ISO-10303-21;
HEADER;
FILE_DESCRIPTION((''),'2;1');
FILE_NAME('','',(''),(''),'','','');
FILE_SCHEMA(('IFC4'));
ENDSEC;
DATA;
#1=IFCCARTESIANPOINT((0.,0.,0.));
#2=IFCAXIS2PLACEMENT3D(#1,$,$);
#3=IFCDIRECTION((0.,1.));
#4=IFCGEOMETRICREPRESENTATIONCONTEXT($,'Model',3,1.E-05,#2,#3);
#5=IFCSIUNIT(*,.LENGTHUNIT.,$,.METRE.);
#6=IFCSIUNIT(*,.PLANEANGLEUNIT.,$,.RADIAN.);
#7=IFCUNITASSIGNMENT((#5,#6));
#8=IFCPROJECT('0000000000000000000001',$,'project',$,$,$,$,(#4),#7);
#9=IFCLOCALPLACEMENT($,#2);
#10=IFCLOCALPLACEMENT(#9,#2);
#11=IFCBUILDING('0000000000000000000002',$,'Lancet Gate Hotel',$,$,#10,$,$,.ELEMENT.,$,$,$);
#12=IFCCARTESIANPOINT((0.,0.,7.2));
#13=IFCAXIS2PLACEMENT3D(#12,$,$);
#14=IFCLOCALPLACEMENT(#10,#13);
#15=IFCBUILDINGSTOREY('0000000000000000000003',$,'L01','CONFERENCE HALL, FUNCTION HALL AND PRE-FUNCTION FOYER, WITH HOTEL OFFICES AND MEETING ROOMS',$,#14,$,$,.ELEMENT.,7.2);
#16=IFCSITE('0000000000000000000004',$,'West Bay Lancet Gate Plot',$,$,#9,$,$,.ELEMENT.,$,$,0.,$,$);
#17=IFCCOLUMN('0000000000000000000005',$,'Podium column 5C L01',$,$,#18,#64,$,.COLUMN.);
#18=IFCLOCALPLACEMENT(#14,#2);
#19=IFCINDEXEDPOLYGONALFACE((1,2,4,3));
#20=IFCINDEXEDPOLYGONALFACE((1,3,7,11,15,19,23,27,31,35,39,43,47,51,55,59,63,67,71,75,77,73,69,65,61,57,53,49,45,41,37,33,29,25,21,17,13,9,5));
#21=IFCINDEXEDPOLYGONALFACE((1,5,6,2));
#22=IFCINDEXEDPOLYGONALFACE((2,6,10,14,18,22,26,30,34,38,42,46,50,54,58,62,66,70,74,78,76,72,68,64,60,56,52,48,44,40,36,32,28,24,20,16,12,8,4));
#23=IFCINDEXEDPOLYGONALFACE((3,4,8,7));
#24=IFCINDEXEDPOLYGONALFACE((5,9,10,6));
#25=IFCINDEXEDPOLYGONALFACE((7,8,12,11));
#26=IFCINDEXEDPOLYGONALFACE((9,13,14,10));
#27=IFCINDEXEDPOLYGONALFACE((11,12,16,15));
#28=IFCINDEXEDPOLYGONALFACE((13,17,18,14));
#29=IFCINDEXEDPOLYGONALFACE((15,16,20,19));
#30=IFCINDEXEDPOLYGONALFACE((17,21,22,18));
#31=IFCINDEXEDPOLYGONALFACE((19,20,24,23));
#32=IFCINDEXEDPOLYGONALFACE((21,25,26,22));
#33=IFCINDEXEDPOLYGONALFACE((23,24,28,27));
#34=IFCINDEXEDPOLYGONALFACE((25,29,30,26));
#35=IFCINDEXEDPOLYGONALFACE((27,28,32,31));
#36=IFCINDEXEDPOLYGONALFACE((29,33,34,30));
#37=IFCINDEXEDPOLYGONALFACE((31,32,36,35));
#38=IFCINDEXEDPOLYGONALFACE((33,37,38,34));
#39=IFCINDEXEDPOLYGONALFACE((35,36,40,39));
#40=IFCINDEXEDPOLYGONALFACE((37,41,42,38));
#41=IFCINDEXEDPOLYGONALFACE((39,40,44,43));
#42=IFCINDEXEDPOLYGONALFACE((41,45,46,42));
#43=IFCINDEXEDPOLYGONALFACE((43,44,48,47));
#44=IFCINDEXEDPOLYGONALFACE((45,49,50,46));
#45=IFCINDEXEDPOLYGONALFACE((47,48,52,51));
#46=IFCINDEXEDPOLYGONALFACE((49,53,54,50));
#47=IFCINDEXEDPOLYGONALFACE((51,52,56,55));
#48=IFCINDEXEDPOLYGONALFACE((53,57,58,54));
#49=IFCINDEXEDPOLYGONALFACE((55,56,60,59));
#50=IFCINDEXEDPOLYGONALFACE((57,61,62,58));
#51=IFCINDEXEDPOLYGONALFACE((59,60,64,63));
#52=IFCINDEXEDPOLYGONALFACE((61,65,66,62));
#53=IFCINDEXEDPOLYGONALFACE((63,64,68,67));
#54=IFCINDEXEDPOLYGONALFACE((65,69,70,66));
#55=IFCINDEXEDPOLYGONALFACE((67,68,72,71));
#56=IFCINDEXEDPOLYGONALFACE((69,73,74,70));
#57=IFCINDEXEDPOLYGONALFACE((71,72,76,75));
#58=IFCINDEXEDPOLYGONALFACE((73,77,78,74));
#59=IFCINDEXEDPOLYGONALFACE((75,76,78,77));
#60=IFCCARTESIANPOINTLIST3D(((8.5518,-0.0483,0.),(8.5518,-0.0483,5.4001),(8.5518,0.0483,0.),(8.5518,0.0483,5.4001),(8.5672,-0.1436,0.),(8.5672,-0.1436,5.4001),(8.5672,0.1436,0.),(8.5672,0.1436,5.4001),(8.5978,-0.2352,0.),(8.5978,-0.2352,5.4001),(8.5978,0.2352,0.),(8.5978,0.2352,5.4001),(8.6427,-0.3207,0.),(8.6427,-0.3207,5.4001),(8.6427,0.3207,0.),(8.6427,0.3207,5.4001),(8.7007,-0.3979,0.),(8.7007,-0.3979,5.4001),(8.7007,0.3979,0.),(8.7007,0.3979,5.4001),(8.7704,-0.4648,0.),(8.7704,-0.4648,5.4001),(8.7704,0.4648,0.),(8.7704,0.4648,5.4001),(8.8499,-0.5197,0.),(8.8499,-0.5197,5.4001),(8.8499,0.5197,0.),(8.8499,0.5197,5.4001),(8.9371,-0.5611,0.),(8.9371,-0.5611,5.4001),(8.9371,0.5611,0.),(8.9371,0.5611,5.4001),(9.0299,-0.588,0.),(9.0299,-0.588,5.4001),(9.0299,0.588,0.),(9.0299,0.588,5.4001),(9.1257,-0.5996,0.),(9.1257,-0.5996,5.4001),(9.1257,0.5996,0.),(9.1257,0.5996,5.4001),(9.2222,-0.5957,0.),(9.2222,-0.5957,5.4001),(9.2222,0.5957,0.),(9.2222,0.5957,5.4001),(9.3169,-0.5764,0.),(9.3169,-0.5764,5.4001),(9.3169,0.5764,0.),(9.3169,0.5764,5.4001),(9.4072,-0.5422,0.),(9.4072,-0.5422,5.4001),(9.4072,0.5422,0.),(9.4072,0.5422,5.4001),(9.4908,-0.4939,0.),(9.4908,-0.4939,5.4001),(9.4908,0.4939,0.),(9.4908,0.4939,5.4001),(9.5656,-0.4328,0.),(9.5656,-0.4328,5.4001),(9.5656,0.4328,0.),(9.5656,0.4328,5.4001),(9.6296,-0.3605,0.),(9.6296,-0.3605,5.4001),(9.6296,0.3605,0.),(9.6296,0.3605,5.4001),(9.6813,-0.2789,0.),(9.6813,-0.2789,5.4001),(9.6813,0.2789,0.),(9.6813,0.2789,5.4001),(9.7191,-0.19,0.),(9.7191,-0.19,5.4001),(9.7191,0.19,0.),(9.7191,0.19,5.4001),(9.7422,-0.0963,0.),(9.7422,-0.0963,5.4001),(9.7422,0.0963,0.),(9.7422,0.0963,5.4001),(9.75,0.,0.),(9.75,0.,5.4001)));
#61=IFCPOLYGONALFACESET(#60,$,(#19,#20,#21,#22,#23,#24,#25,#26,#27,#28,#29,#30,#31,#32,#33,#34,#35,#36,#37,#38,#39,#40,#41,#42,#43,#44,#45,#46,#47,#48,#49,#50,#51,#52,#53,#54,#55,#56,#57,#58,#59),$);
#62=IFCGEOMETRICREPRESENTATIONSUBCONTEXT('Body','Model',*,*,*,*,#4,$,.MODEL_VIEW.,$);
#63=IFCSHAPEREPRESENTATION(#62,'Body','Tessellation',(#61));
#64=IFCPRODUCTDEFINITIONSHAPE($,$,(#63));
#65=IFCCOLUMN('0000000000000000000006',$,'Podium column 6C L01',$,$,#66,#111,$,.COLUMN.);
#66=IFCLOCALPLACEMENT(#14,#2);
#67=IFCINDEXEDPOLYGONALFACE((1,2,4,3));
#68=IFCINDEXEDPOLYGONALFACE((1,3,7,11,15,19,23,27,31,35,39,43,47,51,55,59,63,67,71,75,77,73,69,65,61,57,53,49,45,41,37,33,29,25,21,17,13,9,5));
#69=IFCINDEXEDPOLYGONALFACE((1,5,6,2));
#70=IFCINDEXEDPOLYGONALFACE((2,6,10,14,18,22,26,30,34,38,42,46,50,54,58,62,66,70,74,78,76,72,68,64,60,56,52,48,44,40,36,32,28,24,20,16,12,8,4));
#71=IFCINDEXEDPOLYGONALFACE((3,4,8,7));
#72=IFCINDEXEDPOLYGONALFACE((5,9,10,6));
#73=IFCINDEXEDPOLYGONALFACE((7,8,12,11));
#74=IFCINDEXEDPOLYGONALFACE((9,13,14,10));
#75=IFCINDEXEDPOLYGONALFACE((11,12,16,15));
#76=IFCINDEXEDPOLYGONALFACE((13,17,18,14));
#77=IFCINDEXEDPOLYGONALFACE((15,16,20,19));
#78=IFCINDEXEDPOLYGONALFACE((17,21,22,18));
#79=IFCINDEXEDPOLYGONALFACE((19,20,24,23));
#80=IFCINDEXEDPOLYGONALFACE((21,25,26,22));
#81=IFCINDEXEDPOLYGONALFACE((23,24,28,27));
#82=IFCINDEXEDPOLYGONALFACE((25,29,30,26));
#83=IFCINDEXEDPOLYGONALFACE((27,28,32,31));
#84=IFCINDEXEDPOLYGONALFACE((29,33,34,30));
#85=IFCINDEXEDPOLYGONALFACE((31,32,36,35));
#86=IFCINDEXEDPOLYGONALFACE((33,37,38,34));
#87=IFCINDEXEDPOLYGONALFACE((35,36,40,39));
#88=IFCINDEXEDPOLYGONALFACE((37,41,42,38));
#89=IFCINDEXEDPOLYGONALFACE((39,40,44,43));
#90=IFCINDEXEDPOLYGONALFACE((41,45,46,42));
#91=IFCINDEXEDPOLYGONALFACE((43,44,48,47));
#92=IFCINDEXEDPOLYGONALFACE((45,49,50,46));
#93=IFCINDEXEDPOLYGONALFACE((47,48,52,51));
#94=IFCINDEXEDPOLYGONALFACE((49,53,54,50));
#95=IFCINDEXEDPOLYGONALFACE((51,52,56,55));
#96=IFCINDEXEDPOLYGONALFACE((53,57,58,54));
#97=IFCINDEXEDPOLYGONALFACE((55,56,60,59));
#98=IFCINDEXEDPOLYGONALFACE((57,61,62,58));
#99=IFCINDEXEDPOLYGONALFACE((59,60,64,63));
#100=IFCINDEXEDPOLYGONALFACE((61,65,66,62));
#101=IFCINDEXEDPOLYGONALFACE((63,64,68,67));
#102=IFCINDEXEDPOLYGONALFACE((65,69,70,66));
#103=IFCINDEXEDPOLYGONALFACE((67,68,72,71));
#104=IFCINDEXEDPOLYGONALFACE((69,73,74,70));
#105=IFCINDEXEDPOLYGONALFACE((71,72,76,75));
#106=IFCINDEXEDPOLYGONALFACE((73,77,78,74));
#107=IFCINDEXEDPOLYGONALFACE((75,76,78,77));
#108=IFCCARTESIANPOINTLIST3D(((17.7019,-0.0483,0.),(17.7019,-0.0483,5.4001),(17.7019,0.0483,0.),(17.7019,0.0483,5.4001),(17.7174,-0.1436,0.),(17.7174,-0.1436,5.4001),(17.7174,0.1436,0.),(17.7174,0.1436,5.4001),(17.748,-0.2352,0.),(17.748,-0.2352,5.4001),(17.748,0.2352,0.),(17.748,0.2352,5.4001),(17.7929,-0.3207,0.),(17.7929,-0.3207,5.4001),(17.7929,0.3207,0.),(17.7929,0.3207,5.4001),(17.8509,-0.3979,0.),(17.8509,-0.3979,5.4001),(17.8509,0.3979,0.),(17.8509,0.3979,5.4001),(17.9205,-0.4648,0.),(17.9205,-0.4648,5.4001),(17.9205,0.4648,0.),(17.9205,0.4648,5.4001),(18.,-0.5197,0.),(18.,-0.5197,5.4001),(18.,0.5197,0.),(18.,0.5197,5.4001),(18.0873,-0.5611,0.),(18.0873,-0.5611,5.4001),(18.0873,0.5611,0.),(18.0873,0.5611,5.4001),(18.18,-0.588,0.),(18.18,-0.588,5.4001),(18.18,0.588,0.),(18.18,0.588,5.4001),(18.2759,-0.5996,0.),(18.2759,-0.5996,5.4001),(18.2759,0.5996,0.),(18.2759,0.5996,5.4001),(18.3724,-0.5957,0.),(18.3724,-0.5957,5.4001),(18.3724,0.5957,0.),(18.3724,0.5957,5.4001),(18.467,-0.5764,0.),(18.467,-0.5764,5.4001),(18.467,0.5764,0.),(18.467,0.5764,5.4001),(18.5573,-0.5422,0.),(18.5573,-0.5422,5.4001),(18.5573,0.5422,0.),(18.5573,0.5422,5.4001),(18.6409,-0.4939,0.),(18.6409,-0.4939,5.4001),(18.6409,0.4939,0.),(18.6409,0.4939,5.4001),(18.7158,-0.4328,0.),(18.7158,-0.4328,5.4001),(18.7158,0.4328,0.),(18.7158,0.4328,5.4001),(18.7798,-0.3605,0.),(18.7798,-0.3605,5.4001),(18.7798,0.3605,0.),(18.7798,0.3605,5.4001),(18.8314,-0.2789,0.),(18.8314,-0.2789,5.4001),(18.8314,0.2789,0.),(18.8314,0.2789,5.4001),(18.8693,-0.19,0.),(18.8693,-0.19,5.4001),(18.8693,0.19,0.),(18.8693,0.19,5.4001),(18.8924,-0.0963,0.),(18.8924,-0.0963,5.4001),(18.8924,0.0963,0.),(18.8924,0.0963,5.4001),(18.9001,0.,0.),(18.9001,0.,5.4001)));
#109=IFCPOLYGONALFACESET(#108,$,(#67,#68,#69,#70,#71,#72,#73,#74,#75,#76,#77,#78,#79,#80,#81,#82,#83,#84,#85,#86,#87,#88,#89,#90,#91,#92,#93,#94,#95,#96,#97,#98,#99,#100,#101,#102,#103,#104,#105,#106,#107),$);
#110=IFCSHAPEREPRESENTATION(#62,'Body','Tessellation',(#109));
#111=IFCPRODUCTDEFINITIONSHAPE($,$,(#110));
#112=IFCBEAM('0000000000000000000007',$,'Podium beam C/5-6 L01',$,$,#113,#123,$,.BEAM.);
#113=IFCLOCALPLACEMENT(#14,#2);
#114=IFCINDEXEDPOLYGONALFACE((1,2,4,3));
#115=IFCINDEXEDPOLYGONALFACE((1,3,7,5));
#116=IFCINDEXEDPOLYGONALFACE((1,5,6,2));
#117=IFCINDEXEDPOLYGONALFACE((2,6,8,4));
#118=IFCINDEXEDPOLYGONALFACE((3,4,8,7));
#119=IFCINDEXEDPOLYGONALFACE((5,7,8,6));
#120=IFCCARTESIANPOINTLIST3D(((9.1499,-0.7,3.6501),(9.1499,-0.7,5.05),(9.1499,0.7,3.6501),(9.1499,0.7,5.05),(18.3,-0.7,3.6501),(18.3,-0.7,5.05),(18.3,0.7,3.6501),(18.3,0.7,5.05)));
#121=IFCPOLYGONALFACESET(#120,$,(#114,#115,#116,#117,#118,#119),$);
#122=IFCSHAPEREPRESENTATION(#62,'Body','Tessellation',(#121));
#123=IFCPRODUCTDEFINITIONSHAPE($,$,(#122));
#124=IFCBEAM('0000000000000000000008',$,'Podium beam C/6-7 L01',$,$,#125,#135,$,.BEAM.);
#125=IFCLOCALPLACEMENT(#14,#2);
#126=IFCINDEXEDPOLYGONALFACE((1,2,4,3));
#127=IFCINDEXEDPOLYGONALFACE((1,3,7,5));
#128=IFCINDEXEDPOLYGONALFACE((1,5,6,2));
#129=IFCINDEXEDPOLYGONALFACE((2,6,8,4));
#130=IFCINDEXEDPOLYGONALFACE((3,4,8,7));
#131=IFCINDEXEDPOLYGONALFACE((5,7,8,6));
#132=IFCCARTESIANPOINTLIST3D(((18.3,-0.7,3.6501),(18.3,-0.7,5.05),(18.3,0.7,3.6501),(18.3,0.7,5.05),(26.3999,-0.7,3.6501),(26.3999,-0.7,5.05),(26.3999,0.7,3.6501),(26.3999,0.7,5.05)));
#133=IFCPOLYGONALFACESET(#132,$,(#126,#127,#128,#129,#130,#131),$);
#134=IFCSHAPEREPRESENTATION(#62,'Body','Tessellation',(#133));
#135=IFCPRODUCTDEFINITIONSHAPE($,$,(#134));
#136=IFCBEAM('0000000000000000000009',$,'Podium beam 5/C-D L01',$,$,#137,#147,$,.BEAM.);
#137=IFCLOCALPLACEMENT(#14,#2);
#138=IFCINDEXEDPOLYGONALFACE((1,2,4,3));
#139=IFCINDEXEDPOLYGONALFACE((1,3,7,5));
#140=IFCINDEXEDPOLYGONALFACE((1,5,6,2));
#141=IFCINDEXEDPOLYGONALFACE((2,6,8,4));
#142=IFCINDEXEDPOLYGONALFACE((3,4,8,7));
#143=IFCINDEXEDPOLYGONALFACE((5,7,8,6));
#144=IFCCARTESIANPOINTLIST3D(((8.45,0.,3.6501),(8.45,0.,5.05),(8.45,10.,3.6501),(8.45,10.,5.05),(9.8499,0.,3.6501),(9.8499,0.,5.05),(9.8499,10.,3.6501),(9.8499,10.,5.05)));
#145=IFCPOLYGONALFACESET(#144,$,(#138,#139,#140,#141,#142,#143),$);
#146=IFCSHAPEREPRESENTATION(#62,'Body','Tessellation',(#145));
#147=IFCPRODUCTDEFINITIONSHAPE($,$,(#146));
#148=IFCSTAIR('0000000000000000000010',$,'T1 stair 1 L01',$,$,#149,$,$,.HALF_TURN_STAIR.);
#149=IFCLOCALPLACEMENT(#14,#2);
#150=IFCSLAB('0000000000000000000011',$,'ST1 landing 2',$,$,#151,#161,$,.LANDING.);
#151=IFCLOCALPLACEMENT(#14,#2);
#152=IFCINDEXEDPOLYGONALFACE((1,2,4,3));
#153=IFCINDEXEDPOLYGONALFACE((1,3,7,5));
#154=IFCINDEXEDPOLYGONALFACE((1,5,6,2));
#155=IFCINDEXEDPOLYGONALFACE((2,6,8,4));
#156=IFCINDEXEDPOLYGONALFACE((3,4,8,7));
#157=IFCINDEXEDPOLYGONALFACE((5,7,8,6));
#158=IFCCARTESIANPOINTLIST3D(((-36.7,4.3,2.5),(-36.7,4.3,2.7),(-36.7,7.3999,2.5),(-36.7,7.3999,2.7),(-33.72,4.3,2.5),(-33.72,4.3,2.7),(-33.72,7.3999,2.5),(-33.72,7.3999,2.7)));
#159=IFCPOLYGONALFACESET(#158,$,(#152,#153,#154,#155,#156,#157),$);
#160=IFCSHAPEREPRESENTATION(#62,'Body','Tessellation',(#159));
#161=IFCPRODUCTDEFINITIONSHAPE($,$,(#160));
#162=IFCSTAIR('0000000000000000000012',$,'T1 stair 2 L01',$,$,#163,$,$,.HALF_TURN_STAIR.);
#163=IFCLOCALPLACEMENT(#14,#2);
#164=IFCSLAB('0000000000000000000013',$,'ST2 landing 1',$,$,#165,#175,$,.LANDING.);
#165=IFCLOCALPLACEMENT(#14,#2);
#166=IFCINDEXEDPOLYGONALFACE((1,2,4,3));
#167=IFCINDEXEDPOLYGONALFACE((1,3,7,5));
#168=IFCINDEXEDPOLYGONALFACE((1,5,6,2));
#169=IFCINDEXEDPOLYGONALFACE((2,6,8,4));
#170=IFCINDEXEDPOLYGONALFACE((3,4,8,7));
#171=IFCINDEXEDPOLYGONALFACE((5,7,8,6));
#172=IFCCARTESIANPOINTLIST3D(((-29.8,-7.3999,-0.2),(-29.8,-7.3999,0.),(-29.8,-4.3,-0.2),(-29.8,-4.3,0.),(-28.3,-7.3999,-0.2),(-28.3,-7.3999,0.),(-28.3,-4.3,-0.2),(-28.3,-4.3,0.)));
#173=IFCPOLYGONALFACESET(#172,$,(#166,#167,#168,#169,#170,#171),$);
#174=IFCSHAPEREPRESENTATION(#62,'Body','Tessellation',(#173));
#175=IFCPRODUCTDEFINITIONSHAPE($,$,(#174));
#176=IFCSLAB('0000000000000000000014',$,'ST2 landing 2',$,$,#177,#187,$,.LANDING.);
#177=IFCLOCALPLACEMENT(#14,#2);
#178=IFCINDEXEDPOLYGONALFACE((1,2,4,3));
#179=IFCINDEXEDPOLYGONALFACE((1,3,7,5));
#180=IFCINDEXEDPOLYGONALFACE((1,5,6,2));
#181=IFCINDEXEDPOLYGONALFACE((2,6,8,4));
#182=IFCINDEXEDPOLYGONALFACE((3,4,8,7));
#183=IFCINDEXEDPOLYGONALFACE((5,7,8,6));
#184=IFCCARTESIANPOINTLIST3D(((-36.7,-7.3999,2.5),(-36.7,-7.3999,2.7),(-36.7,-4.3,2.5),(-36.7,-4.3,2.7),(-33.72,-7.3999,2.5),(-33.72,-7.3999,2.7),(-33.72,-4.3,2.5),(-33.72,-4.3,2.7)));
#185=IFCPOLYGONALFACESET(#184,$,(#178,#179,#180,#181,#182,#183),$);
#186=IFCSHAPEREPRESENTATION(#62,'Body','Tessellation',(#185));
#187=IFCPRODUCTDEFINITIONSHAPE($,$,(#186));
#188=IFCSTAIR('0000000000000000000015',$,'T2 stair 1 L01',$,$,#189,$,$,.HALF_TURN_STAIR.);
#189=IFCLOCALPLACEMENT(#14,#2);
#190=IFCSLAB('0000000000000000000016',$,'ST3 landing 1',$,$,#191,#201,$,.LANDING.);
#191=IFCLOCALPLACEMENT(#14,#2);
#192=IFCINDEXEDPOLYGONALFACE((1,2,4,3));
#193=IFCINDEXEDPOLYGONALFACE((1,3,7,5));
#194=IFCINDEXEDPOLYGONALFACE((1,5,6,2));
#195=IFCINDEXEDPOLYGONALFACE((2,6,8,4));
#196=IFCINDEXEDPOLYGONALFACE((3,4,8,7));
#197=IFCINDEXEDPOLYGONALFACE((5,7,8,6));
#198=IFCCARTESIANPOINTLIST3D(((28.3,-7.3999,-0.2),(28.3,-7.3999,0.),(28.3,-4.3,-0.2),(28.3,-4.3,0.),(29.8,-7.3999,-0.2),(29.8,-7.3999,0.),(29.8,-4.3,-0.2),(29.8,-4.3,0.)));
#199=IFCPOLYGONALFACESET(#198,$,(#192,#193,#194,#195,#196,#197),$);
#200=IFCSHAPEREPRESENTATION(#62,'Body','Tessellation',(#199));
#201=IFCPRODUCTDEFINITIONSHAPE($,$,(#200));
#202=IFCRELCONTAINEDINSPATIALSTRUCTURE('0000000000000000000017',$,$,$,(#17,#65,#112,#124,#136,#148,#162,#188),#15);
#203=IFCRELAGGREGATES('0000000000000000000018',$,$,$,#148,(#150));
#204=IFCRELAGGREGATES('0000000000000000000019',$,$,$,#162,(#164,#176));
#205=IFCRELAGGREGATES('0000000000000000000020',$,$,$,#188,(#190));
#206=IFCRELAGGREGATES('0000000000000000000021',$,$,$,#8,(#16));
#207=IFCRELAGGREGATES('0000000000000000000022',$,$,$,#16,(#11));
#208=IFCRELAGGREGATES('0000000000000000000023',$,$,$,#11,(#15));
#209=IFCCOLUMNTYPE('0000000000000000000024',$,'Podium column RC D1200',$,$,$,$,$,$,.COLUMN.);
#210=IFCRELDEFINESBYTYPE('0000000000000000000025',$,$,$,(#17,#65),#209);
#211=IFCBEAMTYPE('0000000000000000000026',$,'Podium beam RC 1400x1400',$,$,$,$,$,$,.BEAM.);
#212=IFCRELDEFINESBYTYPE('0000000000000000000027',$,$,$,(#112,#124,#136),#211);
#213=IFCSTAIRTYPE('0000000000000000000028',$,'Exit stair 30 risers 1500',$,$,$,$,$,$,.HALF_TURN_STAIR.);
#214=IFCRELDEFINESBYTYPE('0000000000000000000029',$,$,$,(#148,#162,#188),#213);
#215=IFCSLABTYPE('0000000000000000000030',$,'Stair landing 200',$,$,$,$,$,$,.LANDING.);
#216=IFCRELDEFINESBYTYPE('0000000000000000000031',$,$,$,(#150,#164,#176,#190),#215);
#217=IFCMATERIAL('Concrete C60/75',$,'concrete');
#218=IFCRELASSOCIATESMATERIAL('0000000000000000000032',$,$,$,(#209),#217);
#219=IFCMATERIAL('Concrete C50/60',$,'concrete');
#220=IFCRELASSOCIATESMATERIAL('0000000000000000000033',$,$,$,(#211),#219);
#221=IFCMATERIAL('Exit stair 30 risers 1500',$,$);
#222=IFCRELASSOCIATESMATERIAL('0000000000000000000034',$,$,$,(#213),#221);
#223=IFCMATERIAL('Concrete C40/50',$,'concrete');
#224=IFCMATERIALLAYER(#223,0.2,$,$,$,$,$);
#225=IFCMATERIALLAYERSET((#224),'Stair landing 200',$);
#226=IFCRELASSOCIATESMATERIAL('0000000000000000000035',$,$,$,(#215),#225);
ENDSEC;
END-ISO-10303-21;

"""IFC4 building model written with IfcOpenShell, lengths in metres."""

from ifc_helpers import new_model, si_unit, direction, frame, origin, origin_2d, place, context, subcontext, project, spatial, polyline, rectangle, circle, outline, extrude, material, layer, layer_set, material_profile, profile_set, type_object, element, aggregate, save


model = new_model("IFC4")

# Units and contexts
model_context = context("Model", 3, precision=1e-05, world=origin(), true_north=direction((0.0, 1.0)))
body_context = subcontext(model_context, "Body", "Model", "MODEL_VIEW")
ifc_project = project(units=[si_unit("LENGTHUNIT", "METRE"), si_unit("PLANEANGLEUNIT", "RADIAN")], contexts=[model_context])

# Site, building, storey
site_placement = place(None, origin())
site = spatial("IfcSite", under=ifc_project, at=site_placement, Name="West Bay Lancet Gate Plot", CompositionType="ELEMENT", RefElevation=0.0)
building_placement = place(site_placement, origin())
building = spatial("IfcBuilding", under=site, at=building_placement, Name="Lancet Gate Hotel", CompositionType="ELEMENT")
storey_placement = place(building_placement, frame((0.0, 0.0, 7.2)))
storey = spatial("IfcBuildingStorey", under=building, at=storey_placement, Name="L01", Description="CONFERENCE HALL, FUNCTION HALL AND PRE-FUNCTION FOYER, WITH HOTEL OFFICES AND MEETING ROOMS", CompositionType="ELEMENT", Elevation=7.2)

# Columns
ifc_material_1 = material(Name="Concrete C60/75", Category="concrete")
ifc_material_profile_1 = material_profile(ifc_material_1, circle(Radius=0.6001, at=origin_2d()), Name="RC D1200")
ifc_profile_set_1 = profile_set([ifc_material_profile_1], Name="Concrete C60/75")
column_type = type_object("IfcColumnType", Name="Podium column RC D1200", PredefinedType="COLUMN", material=ifc_profile_set_1)
for number, where, z_axis, x_axis, name in (
    (1, (9.1499, 0.0, 0.0), (0.0, 0.0, 1.0), (1.0, 0.0, 0.0), "Podium column 5C L01"),
    (2, (18.3, 0.0, 0.0), (0.0, 0.0, 1.0), (1.0, 0.0, 0.0), "Podium column 6C L01"),
):
    element("IfcColumn", number, at=place(storey_placement, frame(where, z_axis=z_axis, x_axis=x_axis)), inside=storey, type_object=column_type, Name=name, PredefinedType="COLUMN", context=body_context, shape_type="SweptSolid", body=[
        extrude(circle(Radius=0.6001, at=origin_2d()), origin(), (0.0, 0.0, 1.0), 5.4001),
    ])

# Beams
ifc_material_2 = material(Name="Concrete C50/60", Category="concrete")
ifc_material_profile_2 = material_profile(ifc_material_2, rectangle(XDim=1.3999, YDim=1.3999, at=origin_2d()), Name="RC 1400x1400")
ifc_profile_set_2 = profile_set([ifc_material_profile_2], Name="Concrete C50/60")
beam_type = type_object("IfcBeamType", Name="Podium beam RC 1400x1400", PredefinedType="BEAM", material=ifc_profile_set_2)
beam_1_placement = place(storey_placement, frame((9.1499, 0.0, 4.3501), z_axis=(1.0, 0.0, 0.0), x_axis=(0.0, 1.0, 0.0)))
element("IfcBeam", 3, at=beam_1_placement, inside=storey, type_object=beam_type, Name="Podium beam C/5-6 L01", PredefinedType="BEAM", context=body_context, shape_type="SweptSolid", body=[
    extrude(rectangle(XDim=1.3999, YDim=1.3999, at=origin_2d()), origin(), (0.0, 0.0, 1.0), 9.1501),
])
beam_2_placement = place(storey_placement, frame((18.3, 0.0, 4.3501), z_axis=(1.0, 0.0, 0.0), x_axis=(0.0, 1.0, 0.0)))
element("IfcBeam", 4, at=beam_2_placement, inside=storey, type_object=beam_type, Name="Podium beam C/6-7 L01", PredefinedType="BEAM", context=body_context, shape_type="SweptSolid", body=[
    extrude(rectangle(XDim=1.3999, YDim=1.3999, at=origin_2d()), origin(), (0.0, 0.0, 1.0), 8.0999),
])
beam_3_placement = place(storey_placement, frame((9.1499, 0.0, 4.3501), z_axis=(0.0, 1.0, 0.0), x_axis=(-1.0, 0.0, 0.0)))
element("IfcBeam", 5, at=beam_3_placement, inside=storey, type_object=beam_type, Name="Podium beam 5/C-D L01", PredefinedType="BEAM", context=body_context, shape_type="SweptSolid", body=[
    extrude(rectangle(XDim=1.3999, YDim=1.3999, at=origin_2d()), origin(), (0.0, 0.0, 1.0), 10.0),
])

# Stair, slab
ifc_material_3 = material(Name="Exit stair 30 risers 1500")
stair_type_1 = type_object("IfcStairType", Name="Exit stair 30 risers 1500", PredefinedType="HALF_TURN_STAIR", material=ifc_material_3)
stair_1_placement = place(storey_placement, origin())
stair_1 = element("IfcStair", 6, at=stair_1_placement, inside=storey, type_object=stair_type_1, Name="T1 stair 1 L01", PredefinedType="HALF_TURN_STAIR")
ifc_material_4 = material(Name="Concrete C40/50", Category="concrete")
ifc_layer = layer(ifc_material_4, 0.2)
ifc_layer_set = layer_set([ifc_layer], Name="Stair landing 200")
slab_type = type_object("IfcSlabType", Name="Stair landing 200", PredefinedType="LANDING", material=ifc_layer_set)
slab_1_placement = place(storey_placement, frame((0.0, 0.0, 2.5)))
slab_1 = element("IfcSlab", 7, at=slab_1_placement, type_object=slab_type, Name="ST1 landing 2", PredefinedType="LANDING", context=body_context, shape_type="SweptSolid", body=[
    extrude(outline(polyline([(-33.72, 7.3999), (-36.7, 7.3999), (-36.7, 4.3), (-33.72, 4.3), (-33.72, 7.3999)])), origin(), (0.0, 0.0, 1.0), 0.2),
])
aggregate(stair_1, [slab_1])

# Stairs, slabs
stair_2_placement = place(storey_placement, origin())
stair_2 = element("IfcStair", 8, at=stair_2_placement, inside=storey, type_object=stair_type_1, Name="T1 stair 2 L01", PredefinedType="HALF_TURN_STAIR")
slab_2_placement = place(storey_placement, frame((0.0, 0.0, -0.2)))
slab_2 = element("IfcSlab", 9, at=slab_2_placement, type_object=slab_type, Name="ST2 landing 1", PredefinedType="LANDING", context=body_context, shape_type="SweptSolid", body=[
    extrude(outline(polyline([(-28.3, -4.3), (-29.8, -4.3), (-29.8, -7.3999), (-28.3, -7.3999), (-28.3, -4.3)])), origin(), (0.0, 0.0, 1.0), 0.2),
])
slab_3_placement = place(storey_placement, frame((0.0, 0.0, 2.5)))
slab_3 = element("IfcSlab", 10, at=slab_3_placement, type_object=slab_type, Name="ST2 landing 2", PredefinedType="LANDING", context=body_context, shape_type="SweptSolid", body=[
    extrude(outline(polyline([(-33.72, -4.3), (-36.7, -4.3), (-36.7, -7.3999), (-33.72, -7.3999), (-33.72, -4.3)])), origin(), (0.0, 0.0, 1.0), 0.2),
])
aggregate(stair_2, [slab_2, slab_3])
stair_3_placement = place(storey_placement, origin())
stair_3 = element("IfcStair", 11, at=stair_3_placement, inside=storey, type_object=stair_type_1, Name="T2 stair 1 L01", PredefinedType="HALF_TURN_STAIR")
slab_4_placement = place(storey_placement, frame((0.0, 0.0, -0.2)))
slab_4 = element("IfcSlab", 12, at=slab_4_placement, type_object=slab_type, Name="ST3 landing 1", PredefinedType="LANDING", context=body_context, shape_type="SweptSolid", body=[
    extrude(outline(polyline([(28.3, -7.3999), (29.8, -7.3999), (29.8, -4.3), (28.3, -4.3), (28.3, -7.3999)])), origin(), (0.0, 0.0, 1.0), 0.2),
])
aggregate(stair_3, [slab_4])

save(model, "model.ifc")
